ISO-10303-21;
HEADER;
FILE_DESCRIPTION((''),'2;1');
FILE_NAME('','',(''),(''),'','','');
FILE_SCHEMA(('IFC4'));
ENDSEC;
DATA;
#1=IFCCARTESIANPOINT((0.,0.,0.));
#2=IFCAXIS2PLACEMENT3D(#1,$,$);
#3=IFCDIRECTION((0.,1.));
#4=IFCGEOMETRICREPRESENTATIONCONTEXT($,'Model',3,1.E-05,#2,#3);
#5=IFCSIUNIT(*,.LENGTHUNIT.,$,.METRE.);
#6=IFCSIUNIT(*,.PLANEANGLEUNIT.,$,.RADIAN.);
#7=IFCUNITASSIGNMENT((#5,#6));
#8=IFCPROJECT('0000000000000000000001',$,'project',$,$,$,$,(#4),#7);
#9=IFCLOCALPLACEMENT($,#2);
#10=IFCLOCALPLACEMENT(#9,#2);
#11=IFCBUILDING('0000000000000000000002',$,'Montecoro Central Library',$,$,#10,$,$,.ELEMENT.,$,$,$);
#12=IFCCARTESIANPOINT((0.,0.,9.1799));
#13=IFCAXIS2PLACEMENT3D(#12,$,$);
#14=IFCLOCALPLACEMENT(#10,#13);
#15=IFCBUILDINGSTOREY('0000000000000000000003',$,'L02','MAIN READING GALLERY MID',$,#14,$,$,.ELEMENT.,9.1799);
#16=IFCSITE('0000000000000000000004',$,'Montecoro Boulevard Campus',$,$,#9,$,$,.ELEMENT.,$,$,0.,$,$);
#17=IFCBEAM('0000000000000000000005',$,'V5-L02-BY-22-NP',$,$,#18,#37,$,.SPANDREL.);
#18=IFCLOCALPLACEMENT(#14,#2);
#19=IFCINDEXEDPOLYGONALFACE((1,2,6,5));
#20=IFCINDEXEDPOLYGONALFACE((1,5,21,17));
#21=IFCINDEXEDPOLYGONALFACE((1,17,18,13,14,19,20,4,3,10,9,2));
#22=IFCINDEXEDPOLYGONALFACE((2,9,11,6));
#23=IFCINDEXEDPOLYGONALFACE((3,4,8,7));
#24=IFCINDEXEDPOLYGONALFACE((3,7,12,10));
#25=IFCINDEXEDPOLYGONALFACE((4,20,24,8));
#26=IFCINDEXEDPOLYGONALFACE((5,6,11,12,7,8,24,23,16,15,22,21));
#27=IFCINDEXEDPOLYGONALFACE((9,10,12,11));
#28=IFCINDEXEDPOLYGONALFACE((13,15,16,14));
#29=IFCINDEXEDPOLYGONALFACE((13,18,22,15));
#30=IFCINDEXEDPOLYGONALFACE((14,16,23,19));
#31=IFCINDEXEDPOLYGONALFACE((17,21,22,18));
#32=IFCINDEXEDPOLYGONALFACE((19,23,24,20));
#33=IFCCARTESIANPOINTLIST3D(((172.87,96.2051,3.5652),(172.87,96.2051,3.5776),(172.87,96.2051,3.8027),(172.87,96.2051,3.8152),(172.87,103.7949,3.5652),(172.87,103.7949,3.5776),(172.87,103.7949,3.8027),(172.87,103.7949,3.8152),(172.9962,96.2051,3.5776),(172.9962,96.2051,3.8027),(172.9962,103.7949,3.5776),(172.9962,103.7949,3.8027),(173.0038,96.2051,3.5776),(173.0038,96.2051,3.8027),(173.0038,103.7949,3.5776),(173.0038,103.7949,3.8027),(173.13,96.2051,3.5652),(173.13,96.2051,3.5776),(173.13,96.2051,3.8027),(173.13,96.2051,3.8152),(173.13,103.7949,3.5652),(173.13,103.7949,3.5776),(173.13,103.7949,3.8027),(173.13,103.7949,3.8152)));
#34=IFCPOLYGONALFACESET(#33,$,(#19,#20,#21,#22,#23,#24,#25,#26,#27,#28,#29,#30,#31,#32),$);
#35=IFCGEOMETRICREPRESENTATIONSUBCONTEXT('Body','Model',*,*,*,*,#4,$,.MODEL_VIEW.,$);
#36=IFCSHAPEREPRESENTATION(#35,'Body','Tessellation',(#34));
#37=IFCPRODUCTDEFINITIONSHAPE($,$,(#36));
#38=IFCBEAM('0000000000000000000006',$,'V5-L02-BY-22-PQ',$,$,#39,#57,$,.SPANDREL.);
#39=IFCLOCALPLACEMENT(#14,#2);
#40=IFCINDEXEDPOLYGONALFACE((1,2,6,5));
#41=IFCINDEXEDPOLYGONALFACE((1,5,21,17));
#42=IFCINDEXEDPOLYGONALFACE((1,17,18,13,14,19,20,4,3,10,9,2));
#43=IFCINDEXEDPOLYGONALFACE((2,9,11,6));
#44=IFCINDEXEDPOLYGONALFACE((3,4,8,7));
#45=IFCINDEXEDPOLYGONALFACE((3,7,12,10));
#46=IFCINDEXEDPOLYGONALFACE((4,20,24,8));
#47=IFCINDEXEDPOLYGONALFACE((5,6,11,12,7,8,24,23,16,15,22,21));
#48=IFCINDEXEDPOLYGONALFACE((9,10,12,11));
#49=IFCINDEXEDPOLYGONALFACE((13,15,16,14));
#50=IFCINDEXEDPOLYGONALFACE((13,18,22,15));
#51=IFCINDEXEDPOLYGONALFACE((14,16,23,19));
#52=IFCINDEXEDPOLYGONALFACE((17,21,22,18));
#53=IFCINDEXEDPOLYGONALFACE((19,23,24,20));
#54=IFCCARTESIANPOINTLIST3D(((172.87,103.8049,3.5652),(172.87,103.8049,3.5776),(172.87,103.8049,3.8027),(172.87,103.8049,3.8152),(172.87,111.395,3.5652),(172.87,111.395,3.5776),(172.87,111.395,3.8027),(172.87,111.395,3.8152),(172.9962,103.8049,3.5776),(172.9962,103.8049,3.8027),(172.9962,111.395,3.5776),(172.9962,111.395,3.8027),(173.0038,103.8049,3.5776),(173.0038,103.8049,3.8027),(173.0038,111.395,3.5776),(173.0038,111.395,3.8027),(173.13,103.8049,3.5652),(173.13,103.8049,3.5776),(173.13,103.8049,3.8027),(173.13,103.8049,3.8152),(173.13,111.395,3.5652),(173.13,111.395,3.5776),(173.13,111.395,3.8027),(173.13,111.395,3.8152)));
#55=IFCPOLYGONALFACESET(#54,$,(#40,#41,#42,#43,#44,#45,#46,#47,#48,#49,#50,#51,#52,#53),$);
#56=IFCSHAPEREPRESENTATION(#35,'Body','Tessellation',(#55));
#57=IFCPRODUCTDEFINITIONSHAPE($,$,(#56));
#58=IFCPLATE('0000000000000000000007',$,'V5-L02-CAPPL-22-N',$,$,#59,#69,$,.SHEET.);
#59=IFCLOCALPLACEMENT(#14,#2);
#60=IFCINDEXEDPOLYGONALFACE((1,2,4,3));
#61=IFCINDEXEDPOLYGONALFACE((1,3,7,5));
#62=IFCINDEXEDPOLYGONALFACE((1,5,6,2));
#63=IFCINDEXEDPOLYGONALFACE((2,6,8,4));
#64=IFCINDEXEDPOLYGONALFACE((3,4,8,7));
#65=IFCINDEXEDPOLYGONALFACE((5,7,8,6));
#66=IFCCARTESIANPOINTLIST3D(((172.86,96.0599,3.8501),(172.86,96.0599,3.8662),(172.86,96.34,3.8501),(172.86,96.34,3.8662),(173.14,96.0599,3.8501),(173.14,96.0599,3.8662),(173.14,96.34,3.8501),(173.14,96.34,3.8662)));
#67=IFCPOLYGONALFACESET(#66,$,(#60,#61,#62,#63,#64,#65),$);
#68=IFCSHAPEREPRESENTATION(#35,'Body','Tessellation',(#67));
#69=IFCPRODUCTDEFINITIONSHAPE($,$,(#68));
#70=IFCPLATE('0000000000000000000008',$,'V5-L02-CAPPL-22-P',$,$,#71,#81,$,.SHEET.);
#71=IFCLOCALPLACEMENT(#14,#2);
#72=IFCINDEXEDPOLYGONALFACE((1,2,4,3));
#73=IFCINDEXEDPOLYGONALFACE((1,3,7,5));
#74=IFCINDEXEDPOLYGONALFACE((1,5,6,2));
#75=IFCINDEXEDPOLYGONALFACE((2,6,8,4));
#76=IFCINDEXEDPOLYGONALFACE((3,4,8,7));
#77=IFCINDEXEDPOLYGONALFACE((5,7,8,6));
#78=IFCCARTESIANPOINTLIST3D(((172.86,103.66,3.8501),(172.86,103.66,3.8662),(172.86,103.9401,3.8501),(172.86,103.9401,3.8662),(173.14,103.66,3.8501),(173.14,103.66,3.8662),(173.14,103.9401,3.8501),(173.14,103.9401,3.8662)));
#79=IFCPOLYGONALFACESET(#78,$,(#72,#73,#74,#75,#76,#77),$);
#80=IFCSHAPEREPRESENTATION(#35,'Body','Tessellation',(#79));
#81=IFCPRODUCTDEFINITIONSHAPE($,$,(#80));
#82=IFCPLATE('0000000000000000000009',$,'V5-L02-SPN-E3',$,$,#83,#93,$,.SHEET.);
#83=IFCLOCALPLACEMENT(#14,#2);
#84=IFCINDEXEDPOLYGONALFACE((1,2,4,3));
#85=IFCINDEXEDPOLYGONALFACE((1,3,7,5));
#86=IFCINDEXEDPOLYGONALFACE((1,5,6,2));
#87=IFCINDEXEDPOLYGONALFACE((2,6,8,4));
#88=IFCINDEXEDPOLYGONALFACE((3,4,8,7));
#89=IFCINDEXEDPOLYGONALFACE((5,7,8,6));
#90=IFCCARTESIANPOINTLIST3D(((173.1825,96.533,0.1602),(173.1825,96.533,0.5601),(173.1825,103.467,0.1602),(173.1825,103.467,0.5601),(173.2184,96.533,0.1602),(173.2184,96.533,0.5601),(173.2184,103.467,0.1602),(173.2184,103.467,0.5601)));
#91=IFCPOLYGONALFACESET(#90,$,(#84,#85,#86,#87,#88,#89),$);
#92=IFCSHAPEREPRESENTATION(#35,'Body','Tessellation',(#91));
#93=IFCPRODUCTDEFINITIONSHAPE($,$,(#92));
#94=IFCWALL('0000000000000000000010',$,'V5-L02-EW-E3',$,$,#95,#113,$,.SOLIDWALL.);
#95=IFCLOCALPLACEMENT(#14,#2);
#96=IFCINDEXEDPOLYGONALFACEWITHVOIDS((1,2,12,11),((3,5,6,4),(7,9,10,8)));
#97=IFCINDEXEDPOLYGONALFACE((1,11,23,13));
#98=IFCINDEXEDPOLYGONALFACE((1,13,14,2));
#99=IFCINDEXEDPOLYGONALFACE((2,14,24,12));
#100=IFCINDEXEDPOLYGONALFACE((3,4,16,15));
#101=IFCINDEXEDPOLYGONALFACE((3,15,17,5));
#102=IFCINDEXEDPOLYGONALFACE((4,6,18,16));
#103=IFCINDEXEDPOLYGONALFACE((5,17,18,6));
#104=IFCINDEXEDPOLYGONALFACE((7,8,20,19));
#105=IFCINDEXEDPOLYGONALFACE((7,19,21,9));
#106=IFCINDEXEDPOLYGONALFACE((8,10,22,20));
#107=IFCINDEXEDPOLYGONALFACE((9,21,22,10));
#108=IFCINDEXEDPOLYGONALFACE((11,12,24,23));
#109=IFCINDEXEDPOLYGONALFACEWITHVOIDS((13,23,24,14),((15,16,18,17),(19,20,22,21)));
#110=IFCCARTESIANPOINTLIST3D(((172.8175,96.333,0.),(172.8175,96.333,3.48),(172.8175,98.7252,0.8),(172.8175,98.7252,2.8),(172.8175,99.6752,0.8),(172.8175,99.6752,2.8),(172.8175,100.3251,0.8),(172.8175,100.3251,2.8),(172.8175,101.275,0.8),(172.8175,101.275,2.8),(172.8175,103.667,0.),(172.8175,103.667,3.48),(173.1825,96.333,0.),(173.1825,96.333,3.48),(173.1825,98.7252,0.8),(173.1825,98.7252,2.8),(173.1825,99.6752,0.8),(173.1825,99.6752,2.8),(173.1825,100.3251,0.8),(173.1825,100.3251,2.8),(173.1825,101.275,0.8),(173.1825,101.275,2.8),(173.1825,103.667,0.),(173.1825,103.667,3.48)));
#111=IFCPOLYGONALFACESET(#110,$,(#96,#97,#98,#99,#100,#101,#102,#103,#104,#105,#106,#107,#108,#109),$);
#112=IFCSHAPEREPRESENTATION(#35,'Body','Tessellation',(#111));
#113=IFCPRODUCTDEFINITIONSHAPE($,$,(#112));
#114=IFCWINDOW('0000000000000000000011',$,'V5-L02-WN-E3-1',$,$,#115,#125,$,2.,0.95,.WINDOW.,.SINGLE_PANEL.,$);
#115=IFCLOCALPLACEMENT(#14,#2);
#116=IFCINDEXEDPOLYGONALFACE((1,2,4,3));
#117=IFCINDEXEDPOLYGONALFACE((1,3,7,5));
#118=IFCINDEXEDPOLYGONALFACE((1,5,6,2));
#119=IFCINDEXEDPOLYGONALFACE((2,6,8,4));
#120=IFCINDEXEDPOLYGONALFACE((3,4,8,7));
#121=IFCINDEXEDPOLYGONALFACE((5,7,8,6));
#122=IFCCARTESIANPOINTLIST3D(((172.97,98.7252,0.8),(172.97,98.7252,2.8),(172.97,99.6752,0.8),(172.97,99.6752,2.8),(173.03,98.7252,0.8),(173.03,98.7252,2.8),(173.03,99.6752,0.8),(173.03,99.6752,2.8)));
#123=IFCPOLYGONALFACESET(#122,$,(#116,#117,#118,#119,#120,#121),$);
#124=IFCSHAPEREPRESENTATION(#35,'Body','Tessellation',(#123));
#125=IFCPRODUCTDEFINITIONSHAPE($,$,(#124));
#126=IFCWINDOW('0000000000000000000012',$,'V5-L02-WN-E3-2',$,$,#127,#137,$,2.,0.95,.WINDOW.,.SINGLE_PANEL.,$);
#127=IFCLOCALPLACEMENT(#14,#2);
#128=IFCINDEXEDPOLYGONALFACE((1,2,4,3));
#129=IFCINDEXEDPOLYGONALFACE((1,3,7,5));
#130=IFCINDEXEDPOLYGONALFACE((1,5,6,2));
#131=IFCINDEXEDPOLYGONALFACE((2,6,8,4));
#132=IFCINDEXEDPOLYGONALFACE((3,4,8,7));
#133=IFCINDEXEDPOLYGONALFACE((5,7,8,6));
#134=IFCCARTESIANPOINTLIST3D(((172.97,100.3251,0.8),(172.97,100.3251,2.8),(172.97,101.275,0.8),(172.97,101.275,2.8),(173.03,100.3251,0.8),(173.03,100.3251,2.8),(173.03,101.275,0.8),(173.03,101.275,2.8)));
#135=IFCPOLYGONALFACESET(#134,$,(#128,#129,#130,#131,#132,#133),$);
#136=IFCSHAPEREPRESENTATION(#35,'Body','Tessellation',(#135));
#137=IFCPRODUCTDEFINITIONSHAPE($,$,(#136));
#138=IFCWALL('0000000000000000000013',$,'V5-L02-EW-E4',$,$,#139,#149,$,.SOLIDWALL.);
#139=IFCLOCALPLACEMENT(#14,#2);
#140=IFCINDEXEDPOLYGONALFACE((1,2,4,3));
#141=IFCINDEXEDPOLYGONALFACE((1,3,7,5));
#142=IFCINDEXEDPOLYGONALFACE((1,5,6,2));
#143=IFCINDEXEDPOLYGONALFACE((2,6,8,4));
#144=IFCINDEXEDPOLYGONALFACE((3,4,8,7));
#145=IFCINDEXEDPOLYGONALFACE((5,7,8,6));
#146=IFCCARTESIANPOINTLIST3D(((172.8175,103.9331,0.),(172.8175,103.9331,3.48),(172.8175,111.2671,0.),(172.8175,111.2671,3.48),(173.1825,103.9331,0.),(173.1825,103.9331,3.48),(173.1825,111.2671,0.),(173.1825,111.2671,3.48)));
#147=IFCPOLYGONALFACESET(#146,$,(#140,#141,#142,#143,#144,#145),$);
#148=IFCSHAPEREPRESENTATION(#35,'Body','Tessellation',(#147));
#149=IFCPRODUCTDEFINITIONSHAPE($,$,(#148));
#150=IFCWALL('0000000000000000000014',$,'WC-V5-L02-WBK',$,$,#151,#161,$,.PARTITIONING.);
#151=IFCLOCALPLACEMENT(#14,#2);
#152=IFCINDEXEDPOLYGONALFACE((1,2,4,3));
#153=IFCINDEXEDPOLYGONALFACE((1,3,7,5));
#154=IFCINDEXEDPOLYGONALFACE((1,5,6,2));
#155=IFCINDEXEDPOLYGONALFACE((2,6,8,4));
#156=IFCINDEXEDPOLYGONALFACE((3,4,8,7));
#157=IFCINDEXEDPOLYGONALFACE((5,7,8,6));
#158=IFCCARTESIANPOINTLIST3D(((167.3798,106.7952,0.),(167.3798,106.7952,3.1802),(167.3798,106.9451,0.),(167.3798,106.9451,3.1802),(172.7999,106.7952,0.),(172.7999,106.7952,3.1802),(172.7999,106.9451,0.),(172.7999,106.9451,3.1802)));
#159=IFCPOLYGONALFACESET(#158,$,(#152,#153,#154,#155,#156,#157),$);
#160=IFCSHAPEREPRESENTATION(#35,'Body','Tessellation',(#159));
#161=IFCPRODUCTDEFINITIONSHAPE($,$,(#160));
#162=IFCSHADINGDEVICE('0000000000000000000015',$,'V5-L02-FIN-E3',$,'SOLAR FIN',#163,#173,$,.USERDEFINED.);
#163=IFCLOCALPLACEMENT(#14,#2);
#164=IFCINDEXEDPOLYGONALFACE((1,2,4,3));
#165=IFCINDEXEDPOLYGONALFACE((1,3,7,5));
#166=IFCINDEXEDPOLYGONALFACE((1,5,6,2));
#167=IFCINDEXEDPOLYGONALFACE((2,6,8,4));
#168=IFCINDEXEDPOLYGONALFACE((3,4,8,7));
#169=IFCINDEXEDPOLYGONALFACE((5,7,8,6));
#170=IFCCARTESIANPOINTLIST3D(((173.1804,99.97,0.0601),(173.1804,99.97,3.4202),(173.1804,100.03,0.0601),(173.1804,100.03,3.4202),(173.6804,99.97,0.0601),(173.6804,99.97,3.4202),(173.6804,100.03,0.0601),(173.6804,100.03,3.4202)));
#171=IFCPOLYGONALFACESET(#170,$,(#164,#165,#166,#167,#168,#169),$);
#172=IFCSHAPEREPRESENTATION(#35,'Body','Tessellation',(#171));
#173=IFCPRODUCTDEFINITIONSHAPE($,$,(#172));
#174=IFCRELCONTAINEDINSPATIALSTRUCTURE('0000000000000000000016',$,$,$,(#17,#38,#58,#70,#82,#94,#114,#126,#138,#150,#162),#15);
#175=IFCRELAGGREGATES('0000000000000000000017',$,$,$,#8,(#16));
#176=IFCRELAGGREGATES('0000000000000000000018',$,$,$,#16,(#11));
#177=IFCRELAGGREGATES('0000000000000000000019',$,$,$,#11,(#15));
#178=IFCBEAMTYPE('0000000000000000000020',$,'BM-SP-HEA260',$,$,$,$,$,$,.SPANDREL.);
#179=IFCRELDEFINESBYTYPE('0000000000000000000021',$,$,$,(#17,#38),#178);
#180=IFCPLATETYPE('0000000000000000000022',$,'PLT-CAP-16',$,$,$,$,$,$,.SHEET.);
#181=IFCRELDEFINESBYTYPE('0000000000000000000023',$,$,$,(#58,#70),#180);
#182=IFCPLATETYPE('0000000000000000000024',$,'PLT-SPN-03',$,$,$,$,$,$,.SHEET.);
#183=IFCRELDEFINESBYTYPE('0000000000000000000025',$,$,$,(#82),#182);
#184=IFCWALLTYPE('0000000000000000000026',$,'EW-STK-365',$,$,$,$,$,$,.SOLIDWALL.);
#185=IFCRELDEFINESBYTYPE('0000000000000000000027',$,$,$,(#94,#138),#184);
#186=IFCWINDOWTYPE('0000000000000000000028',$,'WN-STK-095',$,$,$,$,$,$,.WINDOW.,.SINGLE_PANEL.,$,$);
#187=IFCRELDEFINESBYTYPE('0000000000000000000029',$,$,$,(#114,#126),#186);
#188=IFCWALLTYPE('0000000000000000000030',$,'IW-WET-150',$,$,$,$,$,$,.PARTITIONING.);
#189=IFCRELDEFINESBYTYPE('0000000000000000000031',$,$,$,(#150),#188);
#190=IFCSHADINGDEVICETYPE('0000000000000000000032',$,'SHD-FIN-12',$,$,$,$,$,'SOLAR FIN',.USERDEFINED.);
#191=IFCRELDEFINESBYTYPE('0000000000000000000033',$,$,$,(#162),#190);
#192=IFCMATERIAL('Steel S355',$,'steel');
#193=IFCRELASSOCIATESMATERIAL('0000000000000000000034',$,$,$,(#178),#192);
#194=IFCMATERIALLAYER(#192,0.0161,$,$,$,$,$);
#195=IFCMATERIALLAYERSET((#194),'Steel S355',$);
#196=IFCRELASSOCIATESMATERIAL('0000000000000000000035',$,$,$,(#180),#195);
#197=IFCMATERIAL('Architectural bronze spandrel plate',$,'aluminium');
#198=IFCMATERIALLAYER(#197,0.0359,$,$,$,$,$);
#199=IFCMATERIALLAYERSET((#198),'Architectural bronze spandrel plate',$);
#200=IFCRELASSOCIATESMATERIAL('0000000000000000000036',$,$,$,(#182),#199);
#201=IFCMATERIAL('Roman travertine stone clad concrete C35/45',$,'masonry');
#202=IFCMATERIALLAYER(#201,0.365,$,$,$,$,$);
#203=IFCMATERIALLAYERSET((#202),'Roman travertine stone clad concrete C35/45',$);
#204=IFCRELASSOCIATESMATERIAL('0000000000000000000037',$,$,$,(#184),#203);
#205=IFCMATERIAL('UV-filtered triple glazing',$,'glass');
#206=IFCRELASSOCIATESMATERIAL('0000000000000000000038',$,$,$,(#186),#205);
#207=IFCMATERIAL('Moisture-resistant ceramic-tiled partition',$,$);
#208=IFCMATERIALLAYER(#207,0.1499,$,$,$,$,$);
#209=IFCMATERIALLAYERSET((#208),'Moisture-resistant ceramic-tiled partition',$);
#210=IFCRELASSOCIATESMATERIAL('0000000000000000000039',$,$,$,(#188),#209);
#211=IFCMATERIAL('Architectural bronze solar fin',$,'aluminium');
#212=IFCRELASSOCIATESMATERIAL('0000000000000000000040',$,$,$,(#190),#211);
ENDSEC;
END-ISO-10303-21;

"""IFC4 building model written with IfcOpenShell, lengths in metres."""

from ifc_helpers import new_model, si_unit, direction, frame, frame_2d, origin, origin_2d, place, context, subcontext, project, spatial, rectangle, i_section, extrude, material, layer, layer_set, material_profile, profile_set, type_object, element, fill, save


model = new_model("IFC4")

# Units and contexts
model_context = context("Model", 3, precision=1e-05, world=origin(), true_north=direction((0.0, 1.0)))
body_context = subcontext(model_context, "Body", "Model", "MODEL_VIEW")
ifc_project = project(units=[si_unit("LENGTHUNIT", "METRE"), si_unit("PLANEANGLEUNIT", "RADIAN")], contexts=[model_context])

# Site, building, storey
site_placement = place(None, origin())
site = spatial("IfcSite", under=ifc_project, at=site_placement, Name="Montecoro Boulevard Campus", CompositionType="ELEMENT", RefElevation=0.0)
building_placement = place(site_placement, origin())
building = spatial("IfcBuilding", under=site, at=building_placement, Name="Montecoro Central Library", CompositionType="ELEMENT")
storey_placement = place(building_placement, frame((0.0, 0.0, 9.1799)))
storey = spatial("IfcBuildingStorey", under=building, at=storey_placement, Name="L02", Description="MAIN READING GALLERY MID", CompositionType="ELEMENT", Elevation=9.1799)

# Shared definitions
ifc_material_1 = material(Name="Steel S355", Category="steel")

# Beams
ifc_material_profile_1 = material_profile(ifc_material_1, i_section(OverallWidth=0.26, OverallDepth=0.25, WebThickness=0.0076, FlangeThickness=0.0125, at=origin_2d()), Name="HEA 260")
ifc_profile_set_1 = profile_set([ifc_material_profile_1], Name="Steel S355")
beam_type_1 = type_object("IfcBeamType", Name="BM-SP-HEA260", PredefinedType="SPANDREL", material=ifc_profile_set_1)
beam_1_placement = place(storey_placement, frame((173.0, 96.2051, 3.6902), z_axis=(0.0, 1.0, 0.0), x_axis=(-1.0, 0.0, 0.0)))
element("IfcBeam", 1, at=beam_1_placement, inside=storey, type_object=beam_type_1, Name="V5-L02-BY-22-NP", PredefinedType="SPANDREL", context=body_context, shape_type="SweptSolid", body=[
    extrude(i_section(OverallWidth=0.26, OverallDepth=0.25, WebThickness=0.0076, FlangeThickness=0.0125, at=origin_2d()), origin(), (0.0, 0.0, 1.0), 7.5898),
])
beam_2_placement = place(storey_placement, frame((173.0, 103.8049, 3.6902), z_axis=(0.0, 1.0, 0.0), x_axis=(-1.0, 0.0, 0.0)))
element("IfcBeam", 2, at=beam_2_placement, inside=storey, type_object=beam_type_1, Name="V5-L02-BY-22-PQ", PredefinedType="SPANDREL", context=body_context, shape_type="SweptSolid", body=[
    extrude(i_section(OverallWidth=0.26, OverallDepth=0.25, WebThickness=0.0076, FlangeThickness=0.0125, at=origin_2d()), origin(), (0.0, 0.0, 1.0), 7.5901),
])

# Plates
ifc_layer_1 = layer(ifc_material_1, 0.0161)
ifc_layer_set_1 = layer_set([ifc_layer_1], Name="Steel S355")
plate_type_1 = type_object("IfcPlateType", Name="PLT-CAP-16", PredefinedType="SHEET", material=ifc_layer_set_1)
for number, where, z_axis, x_axis, name in (
    (3, (173.0, 96.2, 3.8501), (0.0, 0.0, 1.0), (1.0, 0.0, 0.0), "V5-L02-CAPPL-22-N"),
    (4, (173.0, 103.8, 3.8501), (0.0, 0.0, 1.0), (1.0, 0.0, 0.0), "V5-L02-CAPPL-22-P"),
):
    element("IfcPlate", number, at=place(storey_placement, frame(where, z_axis=z_axis, x_axis=x_axis)), inside=storey, type_object=plate_type_1, Name=name, PredefinedType="SHEET", context=body_context, shape_type="SweptSolid", body=[
        extrude(rectangle(XDim=0.28, YDim=0.28, at=origin_2d()), origin(), (0.0, 0.0, 1.0), 0.0161),
    ])
ifc_material_2 = material(Name="Architectural bronze spandrel plate", Category="aluminium")
ifc_layer_2 = layer(ifc_material_2, 0.0359)
ifc_layer_set_2 = layer_set([ifc_layer_2], Name="Architectural bronze spandrel plate")
plate_type_2 = type_object("IfcPlateType", Name="PLT-SPN-03", PredefinedType="SHEET", material=ifc_layer_set_2)
plate_placement = place(storey_placement, frame((173.2004, 100.0, 0.1602), z_axis=(0.0, 0.0, 1.0), x_axis=(0.0, 1.0, 0.0)))
element("IfcPlate", 5, at=plate_placement, inside=storey, type_object=plate_type_2, Name="V5-L02-SPN-E3", PredefinedType="SHEET", context=body_context, shape_type="SweptSolid", body=[
    extrude(rectangle(XDim=6.9341, YDim=0.0359, at=origin_2d()), origin(), (0.0, 0.0, 1.0), 0.3999),
])

# Wall, openings, windows
ifc_material_3 = material(Name="Roman travertine stone clad concrete C35/45", Category="masonry")
ifc_layer_3 = layer(ifc_material_3, 0.365)
ifc_layer_set_3 = layer_set([ifc_layer_3], Name="Roman travertine stone clad concrete C35/45")
wall_type_1 = type_object("IfcWallType", Name="EW-STK-365", PredefinedType="SOLIDWALL", material=ifc_layer_set_3)
wall_1_placement = place(storey_placement, frame((173.0, 96.333, 0.0), z_axis=(0.0, 0.0, 1.0), x_axis=(0.0, 1.0, 0.0)))
wall_1 = element("IfcWall", 6, at=wall_1_placement, inside=storey, type_object=wall_type_1, Name="V5-L02-EW-E3", PredefinedType="SOLIDWALL", context=body_context, shape_type="SweptSolid", body=[
    extrude(rectangle(XDim=7.334, YDim=0.365, at=frame_2d((3.667, 0.0))), origin(), (0.0, 0.0, 1.0), 3.48),
])
opening_1_placement = place(wall_1_placement, frame((2.3921, 0.0, 0.8)))
opening_1 = element("IfcOpeningElement", 7, at=opening_1_placement, cuts=wall_1, PredefinedType="OPENING", context=body_context, shape_type="SweptSolid", body=[
    extrude(rectangle(XDim=0.95, YDim=2.0, at=frame_2d((0.4751, 1.0))), frame((0.0, 0.1924, 0.0), z_axis=(0.0, -1.0, 0.0), x_axis=(1.0, 0.0, 0.0)), (0.0, 0.0, 1.0), 0.385),
])
opening_2_placement = place(wall_1_placement, frame((3.9919, 0.0, 0.8)))
opening_2 = element("IfcOpeningElement", 8, at=opening_2_placement, cuts=wall_1, PredefinedType="OPENING", context=body_context, shape_type="SweptSolid", body=[
    extrude(rectangle(XDim=0.95, YDim=2.0, at=frame_2d((0.4751, 1.0))), frame((0.0, 0.1924, 0.0), z_axis=(0.0, -1.0, 0.0), x_axis=(1.0, 0.0, 0.0)), (0.0, 0.0, 1.0), 0.385),
])
ifc_material_4 = material(Name="UV-filtered triple glazing", Category="glass")
window_type = type_object("IfcWindowType", Name="WN-STK-095", PartitioningType="SINGLE_PANEL", PredefinedType="WINDOW", material=ifc_material_4)
window_1_placement = place(opening_1_placement, origin())
window_1 = element("IfcWindow", 9, at=window_1_placement, inside=storey, type_object=window_type, Name="V5-L02-WN-E3-1", OverallHeight=2.0, OverallWidth=0.95, PartitioningType="SINGLE_PANEL", PredefinedType="WINDOW", context=body_context, shape_type="SweptSolid", body=[
    extrude(rectangle(XDim=0.95, YDim=2.0, at=frame_2d((0.4751, 1.0))), frame((0.0, 0.03, 0.0), z_axis=(0.0, -1.0, 0.0), x_axis=(1.0, 0.0, 0.0)), (0.0, 0.0, 1.0), 0.0601),
])
fill(opening_1, window_1)
window_2_placement = place(opening_2_placement, origin())
window_2 = element("IfcWindow", 10, at=window_2_placement, inside=storey, type_object=window_type, Name="V5-L02-WN-E3-2", OverallHeight=2.0, OverallWidth=0.95, PartitioningType="SINGLE_PANEL", PredefinedType="WINDOW", context=body_context, shape_type="SweptSolid", body=[
    extrude(rectangle(XDim=0.95, YDim=2.0, at=frame_2d((0.4751, 1.0))), frame((0.0, 0.03, 0.0), z_axis=(0.0, -1.0, 0.0), x_axis=(1.0, 0.0, 0.0)), (0.0, 0.0, 1.0), 0.0601),
])
fill(opening_2, window_2)

# Walls
wall_2_placement = place(storey_placement, frame((173.0, 103.9331, 0.0), z_axis=(0.0, 0.0, 1.0), x_axis=(0.0, 1.0, 0.0)))
element("IfcWall", 11, at=wall_2_placement, inside=storey, type_object=wall_type_1, Name="V5-L02-EW-E4", PredefinedType="SOLIDWALL", context=body_context, shape_type="SweptSolid", body=[
    extrude(rectangle(XDim=7.334, YDim=0.365, at=frame_2d((3.667, 0.0))), origin(), (0.0, 0.0, 1.0), 3.48),
])
ifc_material_5 = material(Name="Moisture-resistant ceramic-tiled partition")
ifc_layer_4 = layer(ifc_material_5, 0.1499)
ifc_layer_set_4 = layer_set([ifc_layer_4], Name="Moisture-resistant ceramic-tiled partition")
wall_type_2 = type_object("IfcWallType", Name="IW-WET-150", PredefinedType="PARTITIONING", material=ifc_layer_set_4)
wall_3_placement = place(storey_placement, frame((167.3799, 106.8701, 0.0), z_axis=(0.0, 0.0, 1.0), x_axis=(1.0, 0.0, 0.0)))
element("IfcWall", 12, at=wall_3_placement, inside=storey, type_object=wall_type_2, Name="WC-V5-L02-WBK", PredefinedType="PARTITIONING", context=body_context, shape_type="SweptSolid", body=[
    extrude(rectangle(XDim=5.4202, YDim=0.1499, at=frame_2d((2.71, 0.0))), origin(), (0.0, 0.0, 1.0), 3.1802),
])

# Shading device
ifc_material_6 = material(Name="Architectural bronze solar fin", Category="aluminium")
shading_device_type = type_object("IfcShadingDeviceType", Name="SHD-FIN-12", ElementType="SOLAR FIN", PredefinedType="USERDEFINED", material=ifc_material_6)
shading_device_placement = place(storey_placement, frame((173.4304, 100.0, 0.0601), z_axis=(0.0, 0.0, 1.0), x_axis=(0.0, 1.0, 0.0)))
element("IfcShadingDevice", 13, at=shading_device_placement, inside=storey, type_object=shading_device_type, Name="V5-L02-FIN-E3", ObjectType="SOLAR FIN", PredefinedType="USERDEFINED", context=body_context, shape_type="SweptSolid", body=[
    extrude(rectangle(XDim=0.0601, YDim=0.5, at=origin_2d()), origin(), (0.0, 0.0, 1.0), 3.3601),
])

save(model, "model.ifc")
